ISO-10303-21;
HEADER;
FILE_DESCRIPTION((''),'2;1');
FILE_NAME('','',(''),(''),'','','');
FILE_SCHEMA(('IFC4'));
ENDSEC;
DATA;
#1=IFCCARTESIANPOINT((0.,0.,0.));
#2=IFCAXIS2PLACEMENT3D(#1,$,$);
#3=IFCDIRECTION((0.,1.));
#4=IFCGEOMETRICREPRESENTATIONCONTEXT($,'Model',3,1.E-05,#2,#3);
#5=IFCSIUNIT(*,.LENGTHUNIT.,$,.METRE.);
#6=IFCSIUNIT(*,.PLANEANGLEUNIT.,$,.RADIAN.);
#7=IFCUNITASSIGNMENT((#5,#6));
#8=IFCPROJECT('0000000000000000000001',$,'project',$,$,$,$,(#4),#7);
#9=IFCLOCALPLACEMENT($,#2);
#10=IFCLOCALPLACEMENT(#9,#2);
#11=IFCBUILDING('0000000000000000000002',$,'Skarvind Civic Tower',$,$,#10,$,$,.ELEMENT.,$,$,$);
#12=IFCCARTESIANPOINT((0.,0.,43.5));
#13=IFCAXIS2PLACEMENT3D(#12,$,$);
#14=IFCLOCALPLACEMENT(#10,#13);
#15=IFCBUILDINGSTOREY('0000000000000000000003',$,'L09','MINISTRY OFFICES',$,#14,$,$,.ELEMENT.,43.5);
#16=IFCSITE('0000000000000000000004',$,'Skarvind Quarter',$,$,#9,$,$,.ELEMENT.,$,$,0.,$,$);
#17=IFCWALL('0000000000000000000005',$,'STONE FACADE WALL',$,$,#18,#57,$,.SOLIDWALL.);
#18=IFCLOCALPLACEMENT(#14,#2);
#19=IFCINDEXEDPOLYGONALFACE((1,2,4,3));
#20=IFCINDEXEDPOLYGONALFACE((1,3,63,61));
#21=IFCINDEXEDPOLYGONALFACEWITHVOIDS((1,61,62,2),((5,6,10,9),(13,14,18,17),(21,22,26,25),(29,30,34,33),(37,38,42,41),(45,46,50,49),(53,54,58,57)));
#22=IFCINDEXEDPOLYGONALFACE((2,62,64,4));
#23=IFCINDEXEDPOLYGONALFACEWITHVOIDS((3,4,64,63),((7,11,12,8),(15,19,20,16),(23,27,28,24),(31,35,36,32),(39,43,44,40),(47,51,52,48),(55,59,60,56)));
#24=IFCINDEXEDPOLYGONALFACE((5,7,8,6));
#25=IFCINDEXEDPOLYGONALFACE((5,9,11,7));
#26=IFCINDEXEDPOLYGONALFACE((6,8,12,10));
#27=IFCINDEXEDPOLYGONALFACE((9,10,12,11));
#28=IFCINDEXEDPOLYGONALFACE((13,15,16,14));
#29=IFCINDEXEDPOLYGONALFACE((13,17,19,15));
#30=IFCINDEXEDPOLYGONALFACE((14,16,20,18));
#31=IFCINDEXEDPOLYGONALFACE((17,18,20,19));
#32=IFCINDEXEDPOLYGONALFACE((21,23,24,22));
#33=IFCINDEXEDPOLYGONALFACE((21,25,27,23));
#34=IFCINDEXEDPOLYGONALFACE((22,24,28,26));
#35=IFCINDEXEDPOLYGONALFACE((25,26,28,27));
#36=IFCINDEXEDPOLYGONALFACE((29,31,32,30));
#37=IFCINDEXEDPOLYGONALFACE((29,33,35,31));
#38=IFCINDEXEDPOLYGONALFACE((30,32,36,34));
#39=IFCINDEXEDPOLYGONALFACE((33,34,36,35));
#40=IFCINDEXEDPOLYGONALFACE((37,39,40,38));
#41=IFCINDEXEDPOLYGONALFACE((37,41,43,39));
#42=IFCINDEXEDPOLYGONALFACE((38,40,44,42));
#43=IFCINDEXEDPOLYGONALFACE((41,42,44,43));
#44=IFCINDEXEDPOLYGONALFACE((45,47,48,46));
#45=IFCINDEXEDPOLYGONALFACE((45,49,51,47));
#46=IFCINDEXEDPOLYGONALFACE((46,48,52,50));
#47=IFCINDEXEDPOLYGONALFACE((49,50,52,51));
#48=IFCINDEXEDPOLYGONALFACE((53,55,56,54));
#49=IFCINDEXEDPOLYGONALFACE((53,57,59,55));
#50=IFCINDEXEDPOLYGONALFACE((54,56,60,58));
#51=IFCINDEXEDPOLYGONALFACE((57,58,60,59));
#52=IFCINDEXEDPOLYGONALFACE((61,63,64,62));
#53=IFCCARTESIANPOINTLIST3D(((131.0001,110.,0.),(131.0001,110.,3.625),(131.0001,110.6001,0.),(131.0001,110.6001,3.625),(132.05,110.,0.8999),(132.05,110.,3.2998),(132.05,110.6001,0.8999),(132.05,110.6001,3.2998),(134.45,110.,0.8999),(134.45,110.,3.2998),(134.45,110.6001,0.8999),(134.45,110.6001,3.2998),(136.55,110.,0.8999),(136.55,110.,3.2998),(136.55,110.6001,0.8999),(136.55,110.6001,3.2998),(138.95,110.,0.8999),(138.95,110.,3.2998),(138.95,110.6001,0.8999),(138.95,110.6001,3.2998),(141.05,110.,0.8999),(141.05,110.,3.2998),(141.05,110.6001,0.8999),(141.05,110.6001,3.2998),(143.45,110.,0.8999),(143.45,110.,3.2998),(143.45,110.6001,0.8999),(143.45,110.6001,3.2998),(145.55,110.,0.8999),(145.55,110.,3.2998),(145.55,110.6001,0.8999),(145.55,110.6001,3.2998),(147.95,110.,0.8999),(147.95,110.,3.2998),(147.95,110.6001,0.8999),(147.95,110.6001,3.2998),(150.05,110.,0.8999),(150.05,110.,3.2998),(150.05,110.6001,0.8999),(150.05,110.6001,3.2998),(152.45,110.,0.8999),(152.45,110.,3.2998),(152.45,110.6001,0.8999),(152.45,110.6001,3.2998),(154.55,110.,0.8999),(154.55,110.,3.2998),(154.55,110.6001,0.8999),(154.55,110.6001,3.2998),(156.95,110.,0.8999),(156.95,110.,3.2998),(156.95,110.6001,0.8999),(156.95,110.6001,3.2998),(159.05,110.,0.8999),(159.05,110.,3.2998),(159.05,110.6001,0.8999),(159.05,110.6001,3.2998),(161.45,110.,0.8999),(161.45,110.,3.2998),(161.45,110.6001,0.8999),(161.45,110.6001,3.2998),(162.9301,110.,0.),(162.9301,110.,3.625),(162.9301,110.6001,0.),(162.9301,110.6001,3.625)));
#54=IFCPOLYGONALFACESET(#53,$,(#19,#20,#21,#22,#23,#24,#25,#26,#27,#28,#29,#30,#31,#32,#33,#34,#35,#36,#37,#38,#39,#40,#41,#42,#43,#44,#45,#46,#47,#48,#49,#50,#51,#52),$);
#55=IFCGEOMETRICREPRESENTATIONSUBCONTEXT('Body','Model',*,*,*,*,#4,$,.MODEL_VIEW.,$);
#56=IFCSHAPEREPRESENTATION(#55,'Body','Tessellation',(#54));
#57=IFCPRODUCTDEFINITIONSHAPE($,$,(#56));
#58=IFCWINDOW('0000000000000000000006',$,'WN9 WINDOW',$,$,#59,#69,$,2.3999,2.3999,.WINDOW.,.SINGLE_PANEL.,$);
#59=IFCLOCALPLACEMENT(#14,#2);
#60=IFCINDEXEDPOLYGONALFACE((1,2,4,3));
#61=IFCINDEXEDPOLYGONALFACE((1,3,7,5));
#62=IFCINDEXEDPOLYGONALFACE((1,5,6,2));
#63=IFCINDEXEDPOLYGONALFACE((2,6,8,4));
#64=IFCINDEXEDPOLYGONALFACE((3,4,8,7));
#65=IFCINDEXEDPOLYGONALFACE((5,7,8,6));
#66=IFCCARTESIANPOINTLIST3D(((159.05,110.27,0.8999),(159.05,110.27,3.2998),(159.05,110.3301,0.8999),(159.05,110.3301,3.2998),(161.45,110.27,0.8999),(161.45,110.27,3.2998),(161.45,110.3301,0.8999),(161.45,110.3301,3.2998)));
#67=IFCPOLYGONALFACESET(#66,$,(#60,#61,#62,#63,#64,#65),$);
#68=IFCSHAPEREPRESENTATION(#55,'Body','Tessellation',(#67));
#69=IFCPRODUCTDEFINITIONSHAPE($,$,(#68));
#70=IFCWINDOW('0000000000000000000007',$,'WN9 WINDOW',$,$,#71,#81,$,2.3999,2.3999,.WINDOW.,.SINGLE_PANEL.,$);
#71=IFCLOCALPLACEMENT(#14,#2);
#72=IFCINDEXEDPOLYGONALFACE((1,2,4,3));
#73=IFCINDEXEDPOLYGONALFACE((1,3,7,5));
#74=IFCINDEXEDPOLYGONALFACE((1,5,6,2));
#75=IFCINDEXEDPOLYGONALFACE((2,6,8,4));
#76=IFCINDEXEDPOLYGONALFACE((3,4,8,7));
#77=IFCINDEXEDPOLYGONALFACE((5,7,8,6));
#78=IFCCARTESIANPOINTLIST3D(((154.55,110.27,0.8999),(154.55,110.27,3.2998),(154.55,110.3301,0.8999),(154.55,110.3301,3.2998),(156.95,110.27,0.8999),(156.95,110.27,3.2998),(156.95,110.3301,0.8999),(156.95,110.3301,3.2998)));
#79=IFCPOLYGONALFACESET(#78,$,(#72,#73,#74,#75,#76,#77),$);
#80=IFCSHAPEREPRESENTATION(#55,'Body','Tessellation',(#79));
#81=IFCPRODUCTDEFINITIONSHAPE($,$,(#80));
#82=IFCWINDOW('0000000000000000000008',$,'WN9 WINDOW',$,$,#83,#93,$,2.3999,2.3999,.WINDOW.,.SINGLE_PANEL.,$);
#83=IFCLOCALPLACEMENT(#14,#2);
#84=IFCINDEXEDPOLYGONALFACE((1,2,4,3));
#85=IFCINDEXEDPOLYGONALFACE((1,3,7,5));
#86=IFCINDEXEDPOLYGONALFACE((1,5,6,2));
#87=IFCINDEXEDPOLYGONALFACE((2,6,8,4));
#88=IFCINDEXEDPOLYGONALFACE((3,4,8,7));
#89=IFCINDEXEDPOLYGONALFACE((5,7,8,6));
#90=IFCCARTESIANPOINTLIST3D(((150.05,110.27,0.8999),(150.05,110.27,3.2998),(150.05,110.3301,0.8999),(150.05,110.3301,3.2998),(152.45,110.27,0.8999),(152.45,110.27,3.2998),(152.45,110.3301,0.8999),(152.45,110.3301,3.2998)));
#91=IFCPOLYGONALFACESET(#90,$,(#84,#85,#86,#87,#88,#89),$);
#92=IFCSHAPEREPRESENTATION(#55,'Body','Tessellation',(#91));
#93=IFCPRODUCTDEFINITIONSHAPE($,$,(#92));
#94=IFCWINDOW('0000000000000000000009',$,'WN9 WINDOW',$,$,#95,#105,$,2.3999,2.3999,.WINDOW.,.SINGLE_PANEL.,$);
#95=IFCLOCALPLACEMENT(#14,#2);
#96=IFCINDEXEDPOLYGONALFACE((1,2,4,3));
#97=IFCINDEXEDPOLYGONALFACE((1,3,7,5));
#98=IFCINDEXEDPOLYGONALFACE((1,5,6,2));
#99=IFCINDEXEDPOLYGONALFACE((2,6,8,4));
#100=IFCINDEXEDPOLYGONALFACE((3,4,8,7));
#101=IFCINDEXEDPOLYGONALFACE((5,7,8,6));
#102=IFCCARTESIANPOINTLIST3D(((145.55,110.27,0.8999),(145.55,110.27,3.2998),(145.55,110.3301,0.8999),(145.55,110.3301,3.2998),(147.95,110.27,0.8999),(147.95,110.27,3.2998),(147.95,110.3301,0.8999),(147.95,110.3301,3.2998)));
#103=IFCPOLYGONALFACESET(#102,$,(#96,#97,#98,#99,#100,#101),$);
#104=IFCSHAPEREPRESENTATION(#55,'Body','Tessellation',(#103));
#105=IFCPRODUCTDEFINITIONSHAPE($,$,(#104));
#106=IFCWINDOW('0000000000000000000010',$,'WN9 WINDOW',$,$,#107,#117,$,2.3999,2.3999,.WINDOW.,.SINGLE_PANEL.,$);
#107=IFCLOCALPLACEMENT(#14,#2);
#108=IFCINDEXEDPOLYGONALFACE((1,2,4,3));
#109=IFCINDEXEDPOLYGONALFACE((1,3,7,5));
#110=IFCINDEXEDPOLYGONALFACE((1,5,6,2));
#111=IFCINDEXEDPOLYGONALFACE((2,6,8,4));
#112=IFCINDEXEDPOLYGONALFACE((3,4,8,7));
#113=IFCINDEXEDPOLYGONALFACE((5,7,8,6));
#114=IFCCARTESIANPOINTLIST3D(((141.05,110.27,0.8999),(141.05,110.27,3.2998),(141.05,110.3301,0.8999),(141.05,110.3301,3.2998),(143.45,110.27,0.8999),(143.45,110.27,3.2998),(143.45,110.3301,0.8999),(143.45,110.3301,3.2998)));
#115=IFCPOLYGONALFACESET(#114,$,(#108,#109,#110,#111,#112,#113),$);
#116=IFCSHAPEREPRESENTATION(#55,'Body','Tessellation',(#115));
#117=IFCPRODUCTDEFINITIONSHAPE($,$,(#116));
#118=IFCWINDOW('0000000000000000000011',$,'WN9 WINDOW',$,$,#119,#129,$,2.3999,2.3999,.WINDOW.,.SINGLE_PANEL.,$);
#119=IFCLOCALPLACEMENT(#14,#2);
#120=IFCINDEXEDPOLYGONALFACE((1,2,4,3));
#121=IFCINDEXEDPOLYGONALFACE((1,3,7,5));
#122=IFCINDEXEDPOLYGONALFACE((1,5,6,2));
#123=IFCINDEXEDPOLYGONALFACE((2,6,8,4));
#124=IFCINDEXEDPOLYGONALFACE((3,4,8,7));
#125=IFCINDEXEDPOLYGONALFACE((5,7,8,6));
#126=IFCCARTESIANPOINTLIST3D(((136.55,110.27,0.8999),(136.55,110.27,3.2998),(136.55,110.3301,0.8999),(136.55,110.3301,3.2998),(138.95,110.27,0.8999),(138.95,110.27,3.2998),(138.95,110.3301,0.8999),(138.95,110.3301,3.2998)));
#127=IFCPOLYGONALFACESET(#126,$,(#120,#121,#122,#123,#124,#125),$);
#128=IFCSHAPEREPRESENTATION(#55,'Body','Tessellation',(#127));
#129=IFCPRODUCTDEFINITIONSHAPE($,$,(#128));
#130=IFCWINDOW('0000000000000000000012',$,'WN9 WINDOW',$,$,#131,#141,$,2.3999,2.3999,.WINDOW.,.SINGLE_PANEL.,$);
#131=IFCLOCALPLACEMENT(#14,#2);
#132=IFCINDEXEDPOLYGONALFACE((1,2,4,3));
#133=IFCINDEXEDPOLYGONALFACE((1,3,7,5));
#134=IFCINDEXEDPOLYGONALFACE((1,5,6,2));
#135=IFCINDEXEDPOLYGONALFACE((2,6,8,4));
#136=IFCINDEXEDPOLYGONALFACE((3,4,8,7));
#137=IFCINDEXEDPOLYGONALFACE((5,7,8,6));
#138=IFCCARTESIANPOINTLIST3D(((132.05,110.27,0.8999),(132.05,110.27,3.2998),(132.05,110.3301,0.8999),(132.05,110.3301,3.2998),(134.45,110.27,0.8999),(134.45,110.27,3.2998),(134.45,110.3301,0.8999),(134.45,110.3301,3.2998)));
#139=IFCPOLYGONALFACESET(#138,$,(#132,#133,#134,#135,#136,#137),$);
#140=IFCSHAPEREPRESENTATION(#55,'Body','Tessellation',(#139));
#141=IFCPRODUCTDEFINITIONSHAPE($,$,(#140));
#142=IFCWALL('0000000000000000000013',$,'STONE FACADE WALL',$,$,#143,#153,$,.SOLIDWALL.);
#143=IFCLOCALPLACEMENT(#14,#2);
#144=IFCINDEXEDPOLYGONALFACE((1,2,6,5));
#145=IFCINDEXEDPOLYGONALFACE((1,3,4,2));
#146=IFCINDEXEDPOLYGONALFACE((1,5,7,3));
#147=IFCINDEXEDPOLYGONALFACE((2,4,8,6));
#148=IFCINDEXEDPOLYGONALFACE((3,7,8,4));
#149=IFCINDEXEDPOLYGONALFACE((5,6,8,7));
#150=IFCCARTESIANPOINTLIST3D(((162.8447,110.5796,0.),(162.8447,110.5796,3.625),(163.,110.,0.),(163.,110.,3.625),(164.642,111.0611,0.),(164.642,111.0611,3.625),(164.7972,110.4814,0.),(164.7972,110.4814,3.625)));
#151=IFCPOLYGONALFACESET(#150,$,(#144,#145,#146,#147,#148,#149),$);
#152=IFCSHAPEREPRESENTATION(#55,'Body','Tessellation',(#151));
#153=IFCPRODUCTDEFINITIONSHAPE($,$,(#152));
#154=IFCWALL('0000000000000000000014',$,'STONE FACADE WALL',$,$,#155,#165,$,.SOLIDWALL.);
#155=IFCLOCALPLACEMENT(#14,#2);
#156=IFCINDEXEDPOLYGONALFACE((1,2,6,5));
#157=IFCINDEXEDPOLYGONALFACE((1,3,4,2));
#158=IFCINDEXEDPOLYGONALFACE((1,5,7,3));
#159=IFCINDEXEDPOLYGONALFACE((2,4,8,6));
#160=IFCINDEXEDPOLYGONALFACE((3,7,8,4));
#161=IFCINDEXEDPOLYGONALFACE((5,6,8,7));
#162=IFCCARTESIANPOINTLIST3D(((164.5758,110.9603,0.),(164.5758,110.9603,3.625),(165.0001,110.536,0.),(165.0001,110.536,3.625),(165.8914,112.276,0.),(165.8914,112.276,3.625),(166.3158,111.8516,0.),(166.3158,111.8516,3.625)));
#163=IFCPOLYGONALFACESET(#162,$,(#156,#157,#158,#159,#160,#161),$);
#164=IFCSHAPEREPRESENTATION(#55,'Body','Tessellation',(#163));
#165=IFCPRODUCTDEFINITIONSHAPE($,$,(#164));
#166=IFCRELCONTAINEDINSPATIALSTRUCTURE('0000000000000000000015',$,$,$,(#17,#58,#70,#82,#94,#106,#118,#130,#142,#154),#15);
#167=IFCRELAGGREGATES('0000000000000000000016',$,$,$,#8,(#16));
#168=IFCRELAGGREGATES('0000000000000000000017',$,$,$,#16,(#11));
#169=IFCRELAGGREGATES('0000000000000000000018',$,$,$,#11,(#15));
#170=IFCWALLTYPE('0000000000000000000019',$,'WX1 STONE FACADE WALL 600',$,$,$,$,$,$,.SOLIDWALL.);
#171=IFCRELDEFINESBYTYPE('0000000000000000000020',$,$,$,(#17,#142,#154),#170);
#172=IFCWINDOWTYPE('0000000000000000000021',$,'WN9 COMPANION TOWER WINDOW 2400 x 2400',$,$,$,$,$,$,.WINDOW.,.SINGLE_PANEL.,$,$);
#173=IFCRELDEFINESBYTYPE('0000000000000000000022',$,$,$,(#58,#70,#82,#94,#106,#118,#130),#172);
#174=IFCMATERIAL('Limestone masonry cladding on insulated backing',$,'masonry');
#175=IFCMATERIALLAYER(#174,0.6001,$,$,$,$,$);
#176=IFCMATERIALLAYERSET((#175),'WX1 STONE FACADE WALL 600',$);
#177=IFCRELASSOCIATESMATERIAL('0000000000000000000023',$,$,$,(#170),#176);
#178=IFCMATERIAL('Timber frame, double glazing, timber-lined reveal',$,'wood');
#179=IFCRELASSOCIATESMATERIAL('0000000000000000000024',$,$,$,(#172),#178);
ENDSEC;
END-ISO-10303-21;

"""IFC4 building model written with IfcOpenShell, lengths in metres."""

from ifc_helpers import new_model, si_unit, direction, frame, frame_2d, origin, place, context, subcontext, project, spatial, rectangle, extrude, material, layer, layer_set, type_object, element, fill, save


model = new_model("IFC4")

# Units and contexts
model_context = context("Model", 3, precision=1e-05, world=origin(), true_north=direction((0.0, 1.0)))
body_context = subcontext(model_context, "Body", "Model", "MODEL_VIEW")
ifc_project = project(units=[si_unit("LENGTHUNIT", "METRE"), si_unit("PLANEANGLEUNIT", "RADIAN")], contexts=[model_context])

# Site, building, storey
site_placement = place(None, origin())
site = spatial("IfcSite", under=ifc_project, at=site_placement, Name="Skarvind Quarter", CompositionType="ELEMENT", RefElevation=0.0)
building_placement = place(site_placement, origin())
building = spatial("IfcBuilding", under=site, at=building_placement, Name="Skarvind Civic Tower", CompositionType="ELEMENT")
storey_placement = place(building_placement, frame((0.0, 0.0, 43.5)))
storey = spatial("IfcBuildingStorey", under=building, at=storey_placement, Name="L09", Description="MINISTRY OFFICES", CompositionType="ELEMENT", Elevation=43.5)

# Wall, openings, windows
ifc_material_1 = material(Name="Limestone masonry cladding on insulated backing", Category="masonry")
ifc_layer_1 = layer(ifc_material_1, 0.6001)
ifc_layer_set_1 = layer_set([ifc_layer_1], Name="WX1 STONE FACADE WALL 600")
wall_type_1 = type_object("IfcWallType", Name="WX1 STONE FACADE WALL 600", PredefinedType="SOLIDWALL", material=ifc_layer_set_1)
wall_1_placement = place(storey_placement, frame((162.9299, 110.3, 0.0), z_axis=(0.0, 0.0, 1.0), x_axis=(-1.0, 0.0, 0.0)))
wall_1 = element("IfcWall", 1, at=wall_1_placement, inside=storey, type_object=wall_type_1, Name="STONE FACADE WALL", PredefinedType="SOLIDWALL", context=body_context, shape_type="SweptSolid", body=[
    extrude(rectangle(XDim=31.9299, YDim=0.6001, at=frame_2d((15.9648, 0.0))), origin(), (0.0, 0.0, 1.0), 3.625),
])
opening_1_placement = place(wall_1_placement, frame((1.48, 0.0, 0.8999)))
opening_1 = element("IfcOpeningElement", 2, at=opening_1_placement, cuts=wall_1, PredefinedType="OPENING", context=body_context, shape_type="SweptSolid", body=[
    extrude(rectangle(XDim=2.3999, YDim=2.3999, at=frame_2d((1.2, 1.2))), frame((0.0, 0.3101, 0.0), z_axis=(0.0, -1.0, 0.0), x_axis=(1.0, 0.0, 0.0)), (0.0, 0.0, 1.0), 0.6201),
])
opening_2_placement = place(wall_1_placement, frame((5.98, 0.0, 0.8999)))
opening_2 = element("IfcOpeningElement", 3, at=opening_2_placement, cuts=wall_1, PredefinedType="OPENING", context=body_context, shape_type="SweptSolid", body=[
    extrude(rectangle(XDim=2.3999, YDim=2.3999, at=frame_2d((1.2, 1.2))), frame((0.0, 0.3101, 0.0), z_axis=(0.0, -1.0, 0.0), x_axis=(1.0, 0.0, 0.0)), (0.0, 0.0, 1.0), 0.6201),
])
opening_3_placement = place(wall_1_placement, frame((10.48, 0.0, 0.8999)))
opening_3 = element("IfcOpeningElement", 4, at=opening_3_placement, cuts=wall_1, PredefinedType="OPENING", context=body_context, shape_type="SweptSolid", body=[
    extrude(rectangle(XDim=2.3999, YDim=2.3999, at=frame_2d((1.2, 1.2))), frame((0.0, 0.3101, 0.0), z_axis=(0.0, -1.0, 0.0), x_axis=(1.0, 0.0, 0.0)), (0.0, 0.0, 1.0), 0.6201),
])
opening_4_placement = place(wall_1_placement, frame((14.98, 0.0, 0.8999)))
opening_4 = element("IfcOpeningElement", 5, at=opening_4_placement, cuts=wall_1, PredefinedType="OPENING", context=body_context, shape_type="SweptSolid", body=[
    extrude(rectangle(XDim=2.3999, YDim=2.3999, at=frame_2d((1.2, 1.2))), frame((0.0, 0.3101, 0.0), z_axis=(0.0, -1.0, 0.0), x_axis=(1.0, 0.0, 0.0)), (0.0, 0.0, 1.0), 0.6201),
])
opening_5_placement = place(wall_1_placement, frame((19.48, 0.0, 0.8999)))
opening_5 = element("IfcOpeningElement", 6, at=opening_5_placement, cuts=wall_1, PredefinedType="OPENING", context=body_context, shape_type="SweptSolid", body=[
    extrude(rectangle(XDim=2.3999, YDim=2.3999, at=frame_2d((1.2, 1.2))), frame((0.0, 0.3101, 0.0), z_axis=(0.0, -1.0, 0.0), x_axis=(1.0, 0.0, 0.0)), (0.0, 0.0, 1.0), 0.6201),
])
opening_6_placement = place(wall_1_placement, frame((23.98, 0.0, 0.8999)))
opening_6 = element("IfcOpeningElement", 7, at=opening_6_placement, cuts=wall_1, PredefinedType="OPENING", context=body_context, shape_type="SweptSolid", body=[
    extrude(rectangle(XDim=2.3999, YDim=2.3999, at=frame_2d((1.2, 1.2))), frame((0.0, 0.3101, 0.0), z_axis=(0.0, -1.0, 0.0), x_axis=(1.0, 0.0, 0.0)), (0.0, 0.0, 1.0), 0.6201),
])
opening_7_placement = place(wall_1_placement, frame((28.48, 0.0, 0.8999)))
opening_7 = element("IfcOpeningElement", 8, at=opening_7_placement, cuts=wall_1, PredefinedType="OPENING", context=body_context, shape_type="SweptSolid", body=[
    extrude(rectangle(XDim=2.3999, YDim=2.3999, at=frame_2d((1.2, 1.2))), frame((0.0, 0.3101, 0.0), z_axis=(0.0, -1.0, 0.0), x_axis=(1.0, 0.0, 0.0)), (0.0, 0.0, 1.0), 0.6201),
])
ifc_material_2 = material(Name="Timber frame, double glazing, timber-lined reveal", Category="wood")
window_type = type_object("IfcWindowType", Name="WN9 COMPANION TOWER WINDOW 2400 x 2400", PartitioningType="SINGLE_PANEL", PredefinedType="WINDOW", material=ifc_material_2)
window_1_placement = place(opening_1_placement, origin())
window_1 = element("IfcWindow", 9, at=window_1_placement, inside=storey, type_object=window_type, Name="WN9 WINDOW", OverallHeight=2.3999, OverallWidth=2.3999, PartitioningType="SINGLE_PANEL", PredefinedType="WINDOW", context=body_context, shape_type="SweptSolid", body=[
    extrude(rectangle(XDim=2.3999, YDim=2.3999, at=frame_2d((1.2, 1.2))), frame((0.0, 0.03, 0.0), z_axis=(0.0, -1.0, 0.0), x_axis=(1.0, 0.0, 0.0)), (0.0, 0.0, 1.0), 0.0601),
])
fill(opening_1, window_1)
window_2_placement = place(opening_2_placement, origin())
window_2 = element("IfcWindow", 10, at=window_2_placement, inside=storey, type_object=window_type, Name="WN9 WINDOW", OverallHeight=2.3999, OverallWidth=2.3999, PartitioningType="SINGLE_PANEL", PredefinedType="WINDOW", context=body_context, shape_type="SweptSolid", body=[
    extrude(rectangle(XDim=2.3999, YDim=2.3999, at=frame_2d((1.2, 1.2))), frame((0.0, 0.03, 0.0), z_axis=(0.0, -1.0, 0.0), x_axis=(1.0, 0.0, 0.0)), (0.0, 0.0, 1.0), 0.0601),
])
fill(opening_2, window_2)
window_3_placement = place(opening_3_placement, origin())
window_3 = element("IfcWindow", 11, at=window_3_placement, inside=storey, type_object=window_type, Name="WN9 WINDOW", OverallHeight=2.3999, OverallWidth=2.3999, PartitioningType="SINGLE_PANEL", PredefinedType="WINDOW", context=body_context, shape_type="SweptSolid", body=[
    extrude(rectangle(XDim=2.3999, YDim=2.3999, at=frame_2d((1.2, 1.2))), frame((0.0, 0.03, 0.0), z_axis=(0.0, -1.0, 0.0), x_axis=(1.0, 0.0, 0.0)), (0.0, 0.0, 1.0), 0.0601),
])
fill(opening_3, window_3)
window_4_placement = place(opening_4_placement, origin())
window_4 = element("IfcWindow", 12, at=window_4_placement, inside=storey, type_object=window_type, Name="WN9 WINDOW", OverallHeight=2.3999, OverallWidth=2.3999, PartitioningType="SINGLE_PANEL", PredefinedType="WINDOW", context=body_context, shape_type="SweptSolid", body=[
    extrude(rectangle(XDim=2.3999, YDim=2.3999, at=frame_2d((1.2, 1.2))), frame((0.0, 0.03, 0.0), z_axis=(0.0, -1.0, 0.0), x_axis=(1.0, 0.0, 0.0)), (0.0, 0.0, 1.0), 0.0601),
])
fill(opening_4, window_4)
window_5_placement = place(opening_5_placement, origin())
window_5 = element("IfcWindow", 13, at=window_5_placement, inside=storey, type_object=window_type, Name="WN9 WINDOW", OverallHeight=2.3999, OverallWidth=2.3999, PartitioningType="SINGLE_PANEL", PredefinedType="WINDOW", context=body_context, shape_type="SweptSolid", body=[
    extrude(rectangle(XDim=2.3999, YDim=2.3999, at=frame_2d((1.2, 1.2))), frame((0.0, 0.03, 0.0), z_axis=(0.0, -1.0, 0.0), x_axis=(1.0, 0.0, 0.0)), (0.0, 0.0, 1.0), 0.0601),
])
fill(opening_5, window_5)
window_6_placement = place(opening_6_placement, origin())
window_6 = element("IfcWindow", 14, at=window_6_placement, inside=storey, type_object=window_type, Name="WN9 WINDOW", OverallHeight=2.3999, OverallWidth=2.3999, PartitioningType="SINGLE_PANEL", PredefinedType="WINDOW", context=body_context, shape_type="SweptSolid", body=[
    extrude(rectangle(XDim=2.3999, YDim=2.3999, at=frame_2d((1.2, 1.2))), frame((0.0, 0.03, 0.0), z_axis=(0.0, -1.0, 0.0), x_axis=(1.0, 0.0, 0.0)), (0.0, 0.0, 1.0), 0.0601),
])
fill(opening_6, window_6)
window_7_placement = place(opening_7_placement, origin())
window_7 = element("IfcWindow", 15, at=window_7_placement, inside=storey, type_object=window_type, Name="WN9 WINDOW", OverallHeight=2.3999, OverallWidth=2.3999, PartitioningType="SINGLE_PANEL", PredefinedType="WINDOW", context=body_context, shape_type="SweptSolid", body=[
    extrude(rectangle(XDim=2.3999, YDim=2.3999, at=frame_2d((1.2, 1.2))), frame((0.0, 0.03, 0.0), z_axis=(0.0, -1.0, 0.0), x_axis=(1.0, 0.0, 0.0)), (0.0, 0.0, 1.0), 0.0601),
])
fill(opening_7, window_7)

# Walls
for number, where, z_axis, x_axis, name in (
    (16, (164.7195, 110.7712, 0.0), (0.0, 0.0, 1.0), (-0.965938, -0.258773, 0.0), "STONE FACADE WALL"),
    (17, (166.1035, 112.0637, 0.0), (0.0, 0.0, 1.0), (-0.707107, -0.707107, 0.0), "STONE FACADE WALL"),
):
    element("IfcWall", number, at=place(storey_placement, frame(where, z_axis=z_axis, x_axis=x_axis)), inside=storey, type_object=wall_type_1, Name=name, PredefinedType="SOLIDWALL", context=body_context, shape_type="SweptSolid", body=[
        extrude(rectangle(XDim=1.8606, YDim=0.6001, at=frame_2d((0.9302, 0.0))), origin(), (0.0, 0.0, 1.0), 3.625),
    ])

save(model, "model.ifc")
